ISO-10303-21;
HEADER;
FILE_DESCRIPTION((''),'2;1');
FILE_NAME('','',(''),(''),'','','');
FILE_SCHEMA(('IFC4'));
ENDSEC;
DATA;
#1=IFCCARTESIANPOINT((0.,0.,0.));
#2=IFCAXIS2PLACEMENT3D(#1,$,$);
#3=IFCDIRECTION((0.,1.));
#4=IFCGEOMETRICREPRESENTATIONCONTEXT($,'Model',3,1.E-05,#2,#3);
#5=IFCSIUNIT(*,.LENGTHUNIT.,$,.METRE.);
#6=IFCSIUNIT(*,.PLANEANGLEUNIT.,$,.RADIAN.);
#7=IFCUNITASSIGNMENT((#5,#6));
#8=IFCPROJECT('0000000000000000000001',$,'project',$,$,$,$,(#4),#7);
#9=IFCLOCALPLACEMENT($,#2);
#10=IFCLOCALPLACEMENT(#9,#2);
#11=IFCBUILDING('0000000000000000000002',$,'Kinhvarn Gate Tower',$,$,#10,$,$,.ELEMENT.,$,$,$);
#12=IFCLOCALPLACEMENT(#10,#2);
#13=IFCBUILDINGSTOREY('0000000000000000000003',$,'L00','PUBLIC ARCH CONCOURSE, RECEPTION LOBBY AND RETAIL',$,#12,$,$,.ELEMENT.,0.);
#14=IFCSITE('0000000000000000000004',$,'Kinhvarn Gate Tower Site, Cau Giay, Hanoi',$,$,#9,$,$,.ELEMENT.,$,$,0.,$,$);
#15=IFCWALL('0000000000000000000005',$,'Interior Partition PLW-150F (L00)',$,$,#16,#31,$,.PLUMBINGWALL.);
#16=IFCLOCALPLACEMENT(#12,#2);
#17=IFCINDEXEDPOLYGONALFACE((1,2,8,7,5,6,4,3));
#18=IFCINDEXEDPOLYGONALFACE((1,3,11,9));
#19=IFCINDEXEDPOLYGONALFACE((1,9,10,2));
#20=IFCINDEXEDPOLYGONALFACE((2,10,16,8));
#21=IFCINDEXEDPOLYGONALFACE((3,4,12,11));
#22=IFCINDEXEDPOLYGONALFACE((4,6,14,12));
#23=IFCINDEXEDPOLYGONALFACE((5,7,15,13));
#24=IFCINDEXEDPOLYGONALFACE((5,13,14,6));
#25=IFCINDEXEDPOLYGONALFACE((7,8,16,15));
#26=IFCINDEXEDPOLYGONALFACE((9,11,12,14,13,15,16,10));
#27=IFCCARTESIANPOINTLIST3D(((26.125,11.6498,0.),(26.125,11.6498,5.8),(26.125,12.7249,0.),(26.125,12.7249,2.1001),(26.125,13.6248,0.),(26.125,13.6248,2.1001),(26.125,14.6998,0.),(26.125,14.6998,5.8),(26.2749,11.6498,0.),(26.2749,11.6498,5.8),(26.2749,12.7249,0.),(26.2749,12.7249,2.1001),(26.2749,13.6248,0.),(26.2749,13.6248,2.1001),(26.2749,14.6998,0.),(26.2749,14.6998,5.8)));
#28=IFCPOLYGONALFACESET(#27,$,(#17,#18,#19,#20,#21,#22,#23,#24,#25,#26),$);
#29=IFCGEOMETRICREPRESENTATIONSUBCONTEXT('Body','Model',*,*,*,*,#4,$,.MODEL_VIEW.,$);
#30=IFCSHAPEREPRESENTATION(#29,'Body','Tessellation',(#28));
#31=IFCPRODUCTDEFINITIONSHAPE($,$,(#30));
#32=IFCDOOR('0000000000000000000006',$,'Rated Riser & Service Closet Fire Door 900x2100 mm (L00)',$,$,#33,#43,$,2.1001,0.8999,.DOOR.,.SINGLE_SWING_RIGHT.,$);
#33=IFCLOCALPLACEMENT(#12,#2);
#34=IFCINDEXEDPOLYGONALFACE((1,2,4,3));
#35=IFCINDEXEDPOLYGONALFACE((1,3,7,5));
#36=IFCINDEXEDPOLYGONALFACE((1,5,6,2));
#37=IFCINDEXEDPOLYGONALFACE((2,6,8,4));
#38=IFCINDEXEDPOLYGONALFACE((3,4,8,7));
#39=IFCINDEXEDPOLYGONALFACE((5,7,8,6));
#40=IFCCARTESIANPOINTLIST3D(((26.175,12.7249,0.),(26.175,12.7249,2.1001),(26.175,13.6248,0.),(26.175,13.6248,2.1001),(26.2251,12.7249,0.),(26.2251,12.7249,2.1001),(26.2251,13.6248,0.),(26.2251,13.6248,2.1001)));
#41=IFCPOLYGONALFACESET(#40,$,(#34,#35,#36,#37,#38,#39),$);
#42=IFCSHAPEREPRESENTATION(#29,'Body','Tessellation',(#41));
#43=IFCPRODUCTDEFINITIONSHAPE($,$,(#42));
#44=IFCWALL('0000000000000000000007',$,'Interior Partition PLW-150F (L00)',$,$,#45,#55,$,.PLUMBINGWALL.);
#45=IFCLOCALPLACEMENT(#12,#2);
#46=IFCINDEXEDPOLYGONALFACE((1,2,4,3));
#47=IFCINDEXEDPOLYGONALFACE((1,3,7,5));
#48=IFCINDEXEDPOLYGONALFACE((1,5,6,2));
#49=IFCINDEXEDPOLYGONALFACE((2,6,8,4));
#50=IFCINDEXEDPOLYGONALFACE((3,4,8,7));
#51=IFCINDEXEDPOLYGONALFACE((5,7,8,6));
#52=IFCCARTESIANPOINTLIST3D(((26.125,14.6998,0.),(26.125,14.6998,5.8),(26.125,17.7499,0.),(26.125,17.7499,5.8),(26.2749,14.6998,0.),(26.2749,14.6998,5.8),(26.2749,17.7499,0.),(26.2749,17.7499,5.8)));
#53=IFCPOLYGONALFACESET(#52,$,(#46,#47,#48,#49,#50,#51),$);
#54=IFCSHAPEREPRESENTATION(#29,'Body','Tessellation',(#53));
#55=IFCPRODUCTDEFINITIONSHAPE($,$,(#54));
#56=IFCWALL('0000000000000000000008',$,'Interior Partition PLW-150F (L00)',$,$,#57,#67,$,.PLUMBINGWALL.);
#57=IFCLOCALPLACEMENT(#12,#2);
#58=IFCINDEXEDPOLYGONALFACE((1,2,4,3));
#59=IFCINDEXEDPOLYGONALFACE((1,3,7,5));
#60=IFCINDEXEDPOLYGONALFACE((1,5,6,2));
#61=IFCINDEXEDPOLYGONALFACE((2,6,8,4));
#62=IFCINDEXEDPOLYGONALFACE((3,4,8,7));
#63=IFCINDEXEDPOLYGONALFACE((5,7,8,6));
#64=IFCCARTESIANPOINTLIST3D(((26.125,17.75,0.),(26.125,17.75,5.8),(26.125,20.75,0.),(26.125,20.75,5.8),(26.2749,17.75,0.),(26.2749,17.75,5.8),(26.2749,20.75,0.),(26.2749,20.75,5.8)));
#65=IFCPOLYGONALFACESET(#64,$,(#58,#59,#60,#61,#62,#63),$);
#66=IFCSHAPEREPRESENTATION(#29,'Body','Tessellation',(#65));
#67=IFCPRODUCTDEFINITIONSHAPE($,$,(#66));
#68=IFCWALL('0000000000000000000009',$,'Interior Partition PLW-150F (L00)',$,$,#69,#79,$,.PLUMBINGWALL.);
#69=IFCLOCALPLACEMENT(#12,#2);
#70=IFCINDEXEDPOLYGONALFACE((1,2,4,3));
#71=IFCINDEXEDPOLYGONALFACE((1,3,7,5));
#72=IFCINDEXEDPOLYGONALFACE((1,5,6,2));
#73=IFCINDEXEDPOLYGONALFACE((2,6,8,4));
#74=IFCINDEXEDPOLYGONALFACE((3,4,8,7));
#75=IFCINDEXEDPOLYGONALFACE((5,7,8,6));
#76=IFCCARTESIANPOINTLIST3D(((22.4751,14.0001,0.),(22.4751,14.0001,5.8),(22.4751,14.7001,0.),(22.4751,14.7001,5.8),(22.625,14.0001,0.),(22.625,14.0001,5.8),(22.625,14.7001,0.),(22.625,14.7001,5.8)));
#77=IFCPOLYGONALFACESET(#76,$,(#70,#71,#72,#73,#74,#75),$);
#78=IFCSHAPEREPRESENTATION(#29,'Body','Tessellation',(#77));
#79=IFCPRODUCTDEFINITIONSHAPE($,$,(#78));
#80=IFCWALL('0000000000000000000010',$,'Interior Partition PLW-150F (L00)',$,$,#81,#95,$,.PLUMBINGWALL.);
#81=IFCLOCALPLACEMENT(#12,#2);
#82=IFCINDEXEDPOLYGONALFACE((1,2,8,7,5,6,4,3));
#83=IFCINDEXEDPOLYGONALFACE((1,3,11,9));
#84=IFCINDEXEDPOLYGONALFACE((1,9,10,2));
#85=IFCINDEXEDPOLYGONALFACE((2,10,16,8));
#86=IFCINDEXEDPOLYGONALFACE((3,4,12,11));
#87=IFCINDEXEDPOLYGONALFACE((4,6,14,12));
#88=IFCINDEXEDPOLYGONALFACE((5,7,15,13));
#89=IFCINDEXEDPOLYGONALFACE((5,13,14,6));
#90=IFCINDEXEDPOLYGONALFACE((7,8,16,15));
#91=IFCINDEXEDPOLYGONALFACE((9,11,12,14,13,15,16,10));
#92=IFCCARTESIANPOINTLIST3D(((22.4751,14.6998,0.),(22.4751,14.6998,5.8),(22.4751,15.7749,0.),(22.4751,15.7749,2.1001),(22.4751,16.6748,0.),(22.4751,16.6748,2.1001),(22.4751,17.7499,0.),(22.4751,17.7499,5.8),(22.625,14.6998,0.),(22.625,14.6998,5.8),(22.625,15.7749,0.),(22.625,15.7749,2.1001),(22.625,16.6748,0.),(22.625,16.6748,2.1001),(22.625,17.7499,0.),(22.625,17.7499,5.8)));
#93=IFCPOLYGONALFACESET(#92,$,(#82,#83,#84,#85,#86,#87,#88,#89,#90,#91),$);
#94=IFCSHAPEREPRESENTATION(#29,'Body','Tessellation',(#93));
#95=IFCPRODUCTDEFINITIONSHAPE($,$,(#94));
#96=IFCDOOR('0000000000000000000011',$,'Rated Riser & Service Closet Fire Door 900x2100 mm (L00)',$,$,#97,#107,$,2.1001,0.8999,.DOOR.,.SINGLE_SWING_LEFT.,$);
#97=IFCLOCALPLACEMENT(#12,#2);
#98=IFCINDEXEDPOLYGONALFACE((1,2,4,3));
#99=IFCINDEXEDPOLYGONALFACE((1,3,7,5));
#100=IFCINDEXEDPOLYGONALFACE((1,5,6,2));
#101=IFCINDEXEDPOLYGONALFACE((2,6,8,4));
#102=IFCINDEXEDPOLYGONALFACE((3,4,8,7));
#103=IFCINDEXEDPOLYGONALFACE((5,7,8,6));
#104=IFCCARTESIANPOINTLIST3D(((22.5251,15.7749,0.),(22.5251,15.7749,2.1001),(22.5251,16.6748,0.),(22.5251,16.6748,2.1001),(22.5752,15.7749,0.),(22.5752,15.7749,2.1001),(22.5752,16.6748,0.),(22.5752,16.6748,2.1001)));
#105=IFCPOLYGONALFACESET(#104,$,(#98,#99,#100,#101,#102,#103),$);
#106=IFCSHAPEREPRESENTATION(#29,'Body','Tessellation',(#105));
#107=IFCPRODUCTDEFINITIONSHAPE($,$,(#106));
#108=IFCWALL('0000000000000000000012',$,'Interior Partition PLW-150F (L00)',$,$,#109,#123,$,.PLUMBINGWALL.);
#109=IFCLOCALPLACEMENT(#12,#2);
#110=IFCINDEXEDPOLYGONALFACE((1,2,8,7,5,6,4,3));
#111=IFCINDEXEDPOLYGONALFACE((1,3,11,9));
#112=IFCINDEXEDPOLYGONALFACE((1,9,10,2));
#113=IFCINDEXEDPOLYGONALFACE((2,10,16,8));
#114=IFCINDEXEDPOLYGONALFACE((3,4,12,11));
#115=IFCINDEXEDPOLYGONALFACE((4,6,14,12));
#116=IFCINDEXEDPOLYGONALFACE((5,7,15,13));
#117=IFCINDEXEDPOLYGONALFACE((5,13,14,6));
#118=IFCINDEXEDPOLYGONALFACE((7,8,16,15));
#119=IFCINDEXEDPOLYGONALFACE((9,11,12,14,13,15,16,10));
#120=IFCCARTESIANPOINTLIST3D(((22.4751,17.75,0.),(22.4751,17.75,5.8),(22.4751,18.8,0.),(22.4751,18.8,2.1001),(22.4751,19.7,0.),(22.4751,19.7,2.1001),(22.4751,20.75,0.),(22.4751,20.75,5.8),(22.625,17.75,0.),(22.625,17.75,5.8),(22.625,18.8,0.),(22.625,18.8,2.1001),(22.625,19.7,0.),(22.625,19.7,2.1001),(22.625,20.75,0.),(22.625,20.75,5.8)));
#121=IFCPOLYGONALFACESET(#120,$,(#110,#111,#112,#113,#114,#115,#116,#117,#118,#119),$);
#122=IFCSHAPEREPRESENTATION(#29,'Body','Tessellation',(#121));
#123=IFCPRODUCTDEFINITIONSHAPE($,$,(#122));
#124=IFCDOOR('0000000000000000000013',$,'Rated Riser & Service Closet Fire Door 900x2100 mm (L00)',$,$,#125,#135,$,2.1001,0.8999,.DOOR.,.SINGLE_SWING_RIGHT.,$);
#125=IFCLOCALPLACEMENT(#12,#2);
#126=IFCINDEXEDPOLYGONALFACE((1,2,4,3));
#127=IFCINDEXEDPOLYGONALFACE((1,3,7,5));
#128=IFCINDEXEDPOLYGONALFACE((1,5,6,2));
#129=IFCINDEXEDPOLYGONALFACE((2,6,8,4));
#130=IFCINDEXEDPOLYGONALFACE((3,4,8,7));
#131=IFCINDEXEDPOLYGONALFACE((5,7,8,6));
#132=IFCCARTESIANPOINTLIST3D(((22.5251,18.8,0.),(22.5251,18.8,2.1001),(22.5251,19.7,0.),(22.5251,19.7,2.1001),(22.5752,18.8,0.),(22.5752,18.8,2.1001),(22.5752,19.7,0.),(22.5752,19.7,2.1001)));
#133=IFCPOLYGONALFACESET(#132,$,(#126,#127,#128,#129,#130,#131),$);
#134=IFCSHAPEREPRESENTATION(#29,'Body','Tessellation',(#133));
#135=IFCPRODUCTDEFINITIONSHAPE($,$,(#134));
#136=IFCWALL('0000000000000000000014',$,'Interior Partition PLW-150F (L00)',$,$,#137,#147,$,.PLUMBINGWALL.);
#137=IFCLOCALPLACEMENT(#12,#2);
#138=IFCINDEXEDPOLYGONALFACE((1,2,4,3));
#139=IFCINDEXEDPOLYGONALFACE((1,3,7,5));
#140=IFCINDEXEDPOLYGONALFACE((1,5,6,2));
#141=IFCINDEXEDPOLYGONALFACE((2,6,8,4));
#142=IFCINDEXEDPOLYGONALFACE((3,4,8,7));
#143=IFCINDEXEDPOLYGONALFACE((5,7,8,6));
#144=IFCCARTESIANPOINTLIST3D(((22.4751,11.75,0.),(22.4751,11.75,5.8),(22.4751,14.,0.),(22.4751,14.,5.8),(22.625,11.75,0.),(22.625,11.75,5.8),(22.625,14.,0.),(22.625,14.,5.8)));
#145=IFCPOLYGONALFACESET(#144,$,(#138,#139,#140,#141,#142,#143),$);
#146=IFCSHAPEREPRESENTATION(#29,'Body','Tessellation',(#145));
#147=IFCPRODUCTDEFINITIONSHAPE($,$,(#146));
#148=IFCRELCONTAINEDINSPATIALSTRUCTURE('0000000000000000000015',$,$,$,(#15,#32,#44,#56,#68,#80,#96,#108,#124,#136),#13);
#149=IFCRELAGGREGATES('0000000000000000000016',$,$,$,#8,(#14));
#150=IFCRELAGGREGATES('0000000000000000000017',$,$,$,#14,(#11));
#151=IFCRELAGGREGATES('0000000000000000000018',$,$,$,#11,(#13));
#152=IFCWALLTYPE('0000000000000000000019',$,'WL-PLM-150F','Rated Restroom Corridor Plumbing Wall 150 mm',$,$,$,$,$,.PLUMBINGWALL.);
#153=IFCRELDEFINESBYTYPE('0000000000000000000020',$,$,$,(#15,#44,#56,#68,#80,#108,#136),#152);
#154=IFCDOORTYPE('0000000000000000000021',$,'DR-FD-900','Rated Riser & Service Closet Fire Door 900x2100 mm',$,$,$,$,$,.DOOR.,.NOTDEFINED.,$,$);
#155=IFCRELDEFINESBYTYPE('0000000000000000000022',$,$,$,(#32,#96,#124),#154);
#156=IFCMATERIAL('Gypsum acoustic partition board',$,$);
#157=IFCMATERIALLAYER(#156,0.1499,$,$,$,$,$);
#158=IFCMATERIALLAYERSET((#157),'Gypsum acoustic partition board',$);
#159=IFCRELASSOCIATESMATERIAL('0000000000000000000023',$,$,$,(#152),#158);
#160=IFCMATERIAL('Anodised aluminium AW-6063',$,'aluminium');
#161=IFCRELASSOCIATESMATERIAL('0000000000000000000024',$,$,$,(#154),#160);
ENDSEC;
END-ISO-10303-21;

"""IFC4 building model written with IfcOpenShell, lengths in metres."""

from ifc_helpers import new_model, si_unit, direction, frame, frame_2d, origin, place, context, subcontext, project, spatial, rectangle, extrude, material, layer, layer_set, type_object, element, fill, save


model = new_model("IFC4")

# Units and contexts
model_context = context("Model", 3, precision=1e-05, world=origin(), true_north=direction((0.0, 1.0)))
body_context = subcontext(model_context, "Body", "Model", "MODEL_VIEW")
ifc_project = project(units=[si_unit("LENGTHUNIT", "METRE"), si_unit("PLANEANGLEUNIT", "RADIAN")], contexts=[model_context])

# Site, building, storey
site_placement = place(None, origin())
site = spatial("IfcSite", under=ifc_project, at=site_placement, Name="Kinhvarn Gate Tower Site, Cau Giay, Hanoi", CompositionType="ELEMENT", RefElevation=0.0)
building_placement = place(site_placement, origin())
building = spatial("IfcBuilding", under=site, at=building_placement, Name="Kinhvarn Gate Tower", CompositionType="ELEMENT")
storey_placement = place(building_placement, origin())
storey = spatial("IfcBuildingStorey", under=building, at=storey_placement, Name="L00", Description="PUBLIC ARCH CONCOURSE, RECEPTION LOBBY AND RETAIL", CompositionType="ELEMENT", Elevation=0.0)

# Shared definitions
ifc_material_1 = material(Name="Anodised aluminium AW-6063", Category="aluminium")

# Shared definitions
ifc_material_2 = material(Name="Gypsum acoustic partition board")

# Wall, opening, door
ifc_layer_1 = layer(ifc_material_2, 0.1499)
ifc_layer_set_1 = layer_set([ifc_layer_1], Name="Gypsum acoustic partition board")
wall_type_1 = type_object("IfcWallType", Name="WL-PLM-150F", Description="Rated Restroom Corridor Plumbing Wall 150 mm", PredefinedType="PLUMBINGWALL", material=ifc_layer_set_1)
wall_1_placement = place(storey_placement, frame((26.2, 11.6499, 0.0), z_axis=(0.0, 0.0, 1.0), x_axis=(0.0, 1.0, 0.0)))
wall_1 = element("IfcWall", 1, at=wall_1_placement, inside=storey, type_object=wall_type_1, Name="Interior Partition PLW-150F (L00)", PredefinedType="PLUMBINGWALL", context=body_context, shape_type="SweptSolid", body=[
    extrude(rectangle(XDim=3.05, YDim=0.1499, at=frame_2d((1.5249, 0.0))), origin(), (0.0, 0.0, 1.0), 5.8),
])
opening_1_placement = place(wall_1_placement, frame((1.075, 0.0, 0.0)))
opening_1 = element("IfcOpeningElement", 2, at=opening_1_placement, cuts=wall_1, PredefinedType="OPENING", context=body_context, shape_type="SweptSolid", body=[
    extrude(rectangle(XDim=0.8999, YDim=2.1001, at=frame_2d((0.45, 1.05))), frame((0.0, 0.085, 0.0), z_axis=(0.0, -1.0, 0.0), x_axis=(1.0, 0.0, 0.0)), (0.0, 0.0, 1.0), 0.1699),
])
door_type = type_object("IfcDoorType", Name="DR-FD-900", Description="Rated Riser & Service Closet Fire Door 900x2100 mm", OperationType="NOTDEFINED", PredefinedType="DOOR", material=ifc_material_1)
door_1_placement = place(opening_1_placement, origin())
door_1 = element("IfcDoor", 3, at=door_1_placement, inside=storey, type_object=door_type, Name="Rated Riser & Service Closet Fire Door 900x2100 mm (L00)", OperationType="SINGLE_SWING_RIGHT", OverallHeight=2.1001, OverallWidth=0.8999, PredefinedType="DOOR", context=body_context, shape_type="SweptSolid", body=[
    extrude(rectangle(XDim=0.8999, YDim=2.1001, at=frame_2d((0.45, 1.05))), frame((0.0, 0.0249, 0.0), z_axis=(0.0, -1.0, 0.0), x_axis=(1.0, 0.0, 0.0)), (0.0, 0.0, 1.0), 0.05),
])
fill(opening_1, door_1)

# Walls
wall_2_placement = place(storey_placement, frame((26.2, 14.7, 0.0), z_axis=(0.0, 0.0, 1.0), x_axis=(0.0, 1.0, 0.0)))
element("IfcWall", 4, at=wall_2_placement, inside=storey, type_object=wall_type_1, Name="Interior Partition PLW-150F (L00)", PredefinedType="PLUMBINGWALL", context=body_context, shape_type="SweptSolid", body=[
    extrude(rectangle(XDim=3.05, YDim=0.1499, at=frame_2d((1.5249, 0.0))), origin(), (0.0, 0.0, 1.0), 5.8),
])
wall_3_placement = place(storey_placement, frame((26.2, 17.75, 0.0), z_axis=(0.0, 0.0, 1.0), x_axis=(0.0, 1.0, 0.0)))
element("IfcWall", 5, at=wall_3_placement, inside=storey, type_object=wall_type_1, Name="Interior Partition PLW-150F (L00)", PredefinedType="PLUMBINGWALL", context=body_context, shape_type="SweptSolid", body=[
    extrude(rectangle(XDim=3.0, YDim=0.1499, at=frame_2d((1.5, 0.0))), origin(), (0.0, 0.0, 1.0), 5.8),
])
wall_4_placement = place(storey_placement, frame((22.55, 14.0, 0.0), z_axis=(0.0, 0.0, 1.0), x_axis=(0.0, 1.0, 0.0)))
element("IfcWall", 6, at=wall_4_placement, inside=storey, type_object=wall_type_1, Name="Interior Partition PLW-150F (L00)", PredefinedType="PLUMBINGWALL", context=body_context, shape_type="SweptSolid", body=[
    extrude(rectangle(XDim=0.7, YDim=0.1499, at=frame_2d((0.3501, 0.0))), origin(), (0.0, 0.0, 1.0), 5.8),
])

# Walls, openings, doors
wall_5_placement = place(storey_placement, frame((22.55, 14.7, 0.0), z_axis=(0.0, 0.0, 1.0), x_axis=(0.0, 1.0, 0.0)))
wall_5 = element("IfcWall", 7, at=wall_5_placement, inside=storey, type_object=wall_type_1, Name="Interior Partition PLW-150F (L00)", PredefinedType="PLUMBINGWALL", context=body_context, shape_type="SweptSolid", body=[
    extrude(rectangle(XDim=3.05, YDim=0.1499, at=frame_2d((1.5249, 0.0))), origin(), (0.0, 0.0, 1.0), 5.8),
])
opening_2_placement = place(wall_5_placement, frame((1.075, 0.0, 0.0)))
opening_2 = element("IfcOpeningElement", 8, at=opening_2_placement, cuts=wall_5, PredefinedType="OPENING", context=body_context, shape_type="SweptSolid", body=[
    extrude(rectangle(XDim=0.8999, YDim=2.1001, at=frame_2d((0.45, 1.05))), frame((0.0, 0.085, 0.0), z_axis=(0.0, -1.0, 0.0), x_axis=(1.0, 0.0, 0.0)), (0.0, 0.0, 1.0), 0.1699),
])
door_2_placement = place(opening_2_placement, origin())
door_2 = element("IfcDoor", 9, at=door_2_placement, inside=storey, type_object=door_type, Name="Rated Riser & Service Closet Fire Door 900x2100 mm (L00)", OperationType="SINGLE_SWING_LEFT", OverallHeight=2.1001, OverallWidth=0.8999, PredefinedType="DOOR", context=body_context, shape_type="SweptSolid", body=[
    extrude(rectangle(XDim=0.8999, YDim=2.1001, at=frame_2d((0.45, 1.05))), frame((0.0, 0.0249, 0.0), z_axis=(0.0, -1.0, 0.0), x_axis=(1.0, 0.0, 0.0)), (0.0, 0.0, 1.0), 0.05),
])
fill(opening_2, door_2)
wall_6_placement = place(storey_placement, frame((22.55, 17.75, 0.0), z_axis=(0.0, 0.0, 1.0), x_axis=(0.0, 1.0, 0.0)))
wall_6 = element("IfcWall", 10, at=wall_6_placement, inside=storey, type_object=wall_type_1, Name="Interior Partition PLW-150F (L00)", PredefinedType="PLUMBINGWALL", context=body_context, shape_type="SweptSolid", body=[
    extrude(rectangle(XDim=3.0, YDim=0.1499, at=frame_2d((1.5, 0.0))), origin(), (0.0, 0.0, 1.0), 5.8),
])
opening_3_placement = place(wall_6_placement, frame((1.05, 0.0, 0.0)))
opening_3 = element("IfcOpeningElement", 11, at=opening_3_placement, cuts=wall_6, PredefinedType="OPENING", context=body_context, shape_type="SweptSolid", body=[
    extrude(rectangle(XDim=0.8999, YDim=2.1001, at=frame_2d((0.45, 1.05))), frame((0.0, 0.085, 0.0), z_axis=(0.0, -1.0, 0.0), x_axis=(1.0, 0.0, 0.0)), (0.0, 0.0, 1.0), 0.1699),
])
door_3_placement = place(opening_3_placement, origin())
door_3 = element("IfcDoor", 12, at=door_3_placement, inside=storey, type_object=door_type, Name="Rated Riser & Service Closet Fire Door 900x2100 mm (L00)", OperationType="SINGLE_SWING_RIGHT", OverallHeight=2.1001, OverallWidth=0.8999, PredefinedType="DOOR", context=body_context, shape_type="SweptSolid", body=[
    extrude(rectangle(XDim=0.8999, YDim=2.1001, at=frame_2d((0.45, 1.05))), frame((0.0, 0.0249, 0.0), z_axis=(0.0, -1.0, 0.0), x_axis=(1.0, 0.0, 0.0)), (0.0, 0.0, 1.0), 0.05),
])
fill(opening_3, door_3)

# Wall
wall_7_placement = place(storey_placement, frame((22.55, 11.75, 0.0), z_axis=(0.0, 0.0, 1.0), x_axis=(0.0, 1.0, 0.0)))
element("IfcWall", 13, at=wall_7_placement, inside=storey, type_object=wall_type_1, Name="Interior Partition PLW-150F (L00)", PredefinedType="PLUMBINGWALL", context=body_context, shape_type="SweptSolid", body=[
    extrude(rectangle(XDim=2.25, YDim=0.1499, at=frame_2d((1.125, 0.0))), origin(), (0.0, 0.0, 1.0), 5.8),
])

save(model, "model.ifc")
